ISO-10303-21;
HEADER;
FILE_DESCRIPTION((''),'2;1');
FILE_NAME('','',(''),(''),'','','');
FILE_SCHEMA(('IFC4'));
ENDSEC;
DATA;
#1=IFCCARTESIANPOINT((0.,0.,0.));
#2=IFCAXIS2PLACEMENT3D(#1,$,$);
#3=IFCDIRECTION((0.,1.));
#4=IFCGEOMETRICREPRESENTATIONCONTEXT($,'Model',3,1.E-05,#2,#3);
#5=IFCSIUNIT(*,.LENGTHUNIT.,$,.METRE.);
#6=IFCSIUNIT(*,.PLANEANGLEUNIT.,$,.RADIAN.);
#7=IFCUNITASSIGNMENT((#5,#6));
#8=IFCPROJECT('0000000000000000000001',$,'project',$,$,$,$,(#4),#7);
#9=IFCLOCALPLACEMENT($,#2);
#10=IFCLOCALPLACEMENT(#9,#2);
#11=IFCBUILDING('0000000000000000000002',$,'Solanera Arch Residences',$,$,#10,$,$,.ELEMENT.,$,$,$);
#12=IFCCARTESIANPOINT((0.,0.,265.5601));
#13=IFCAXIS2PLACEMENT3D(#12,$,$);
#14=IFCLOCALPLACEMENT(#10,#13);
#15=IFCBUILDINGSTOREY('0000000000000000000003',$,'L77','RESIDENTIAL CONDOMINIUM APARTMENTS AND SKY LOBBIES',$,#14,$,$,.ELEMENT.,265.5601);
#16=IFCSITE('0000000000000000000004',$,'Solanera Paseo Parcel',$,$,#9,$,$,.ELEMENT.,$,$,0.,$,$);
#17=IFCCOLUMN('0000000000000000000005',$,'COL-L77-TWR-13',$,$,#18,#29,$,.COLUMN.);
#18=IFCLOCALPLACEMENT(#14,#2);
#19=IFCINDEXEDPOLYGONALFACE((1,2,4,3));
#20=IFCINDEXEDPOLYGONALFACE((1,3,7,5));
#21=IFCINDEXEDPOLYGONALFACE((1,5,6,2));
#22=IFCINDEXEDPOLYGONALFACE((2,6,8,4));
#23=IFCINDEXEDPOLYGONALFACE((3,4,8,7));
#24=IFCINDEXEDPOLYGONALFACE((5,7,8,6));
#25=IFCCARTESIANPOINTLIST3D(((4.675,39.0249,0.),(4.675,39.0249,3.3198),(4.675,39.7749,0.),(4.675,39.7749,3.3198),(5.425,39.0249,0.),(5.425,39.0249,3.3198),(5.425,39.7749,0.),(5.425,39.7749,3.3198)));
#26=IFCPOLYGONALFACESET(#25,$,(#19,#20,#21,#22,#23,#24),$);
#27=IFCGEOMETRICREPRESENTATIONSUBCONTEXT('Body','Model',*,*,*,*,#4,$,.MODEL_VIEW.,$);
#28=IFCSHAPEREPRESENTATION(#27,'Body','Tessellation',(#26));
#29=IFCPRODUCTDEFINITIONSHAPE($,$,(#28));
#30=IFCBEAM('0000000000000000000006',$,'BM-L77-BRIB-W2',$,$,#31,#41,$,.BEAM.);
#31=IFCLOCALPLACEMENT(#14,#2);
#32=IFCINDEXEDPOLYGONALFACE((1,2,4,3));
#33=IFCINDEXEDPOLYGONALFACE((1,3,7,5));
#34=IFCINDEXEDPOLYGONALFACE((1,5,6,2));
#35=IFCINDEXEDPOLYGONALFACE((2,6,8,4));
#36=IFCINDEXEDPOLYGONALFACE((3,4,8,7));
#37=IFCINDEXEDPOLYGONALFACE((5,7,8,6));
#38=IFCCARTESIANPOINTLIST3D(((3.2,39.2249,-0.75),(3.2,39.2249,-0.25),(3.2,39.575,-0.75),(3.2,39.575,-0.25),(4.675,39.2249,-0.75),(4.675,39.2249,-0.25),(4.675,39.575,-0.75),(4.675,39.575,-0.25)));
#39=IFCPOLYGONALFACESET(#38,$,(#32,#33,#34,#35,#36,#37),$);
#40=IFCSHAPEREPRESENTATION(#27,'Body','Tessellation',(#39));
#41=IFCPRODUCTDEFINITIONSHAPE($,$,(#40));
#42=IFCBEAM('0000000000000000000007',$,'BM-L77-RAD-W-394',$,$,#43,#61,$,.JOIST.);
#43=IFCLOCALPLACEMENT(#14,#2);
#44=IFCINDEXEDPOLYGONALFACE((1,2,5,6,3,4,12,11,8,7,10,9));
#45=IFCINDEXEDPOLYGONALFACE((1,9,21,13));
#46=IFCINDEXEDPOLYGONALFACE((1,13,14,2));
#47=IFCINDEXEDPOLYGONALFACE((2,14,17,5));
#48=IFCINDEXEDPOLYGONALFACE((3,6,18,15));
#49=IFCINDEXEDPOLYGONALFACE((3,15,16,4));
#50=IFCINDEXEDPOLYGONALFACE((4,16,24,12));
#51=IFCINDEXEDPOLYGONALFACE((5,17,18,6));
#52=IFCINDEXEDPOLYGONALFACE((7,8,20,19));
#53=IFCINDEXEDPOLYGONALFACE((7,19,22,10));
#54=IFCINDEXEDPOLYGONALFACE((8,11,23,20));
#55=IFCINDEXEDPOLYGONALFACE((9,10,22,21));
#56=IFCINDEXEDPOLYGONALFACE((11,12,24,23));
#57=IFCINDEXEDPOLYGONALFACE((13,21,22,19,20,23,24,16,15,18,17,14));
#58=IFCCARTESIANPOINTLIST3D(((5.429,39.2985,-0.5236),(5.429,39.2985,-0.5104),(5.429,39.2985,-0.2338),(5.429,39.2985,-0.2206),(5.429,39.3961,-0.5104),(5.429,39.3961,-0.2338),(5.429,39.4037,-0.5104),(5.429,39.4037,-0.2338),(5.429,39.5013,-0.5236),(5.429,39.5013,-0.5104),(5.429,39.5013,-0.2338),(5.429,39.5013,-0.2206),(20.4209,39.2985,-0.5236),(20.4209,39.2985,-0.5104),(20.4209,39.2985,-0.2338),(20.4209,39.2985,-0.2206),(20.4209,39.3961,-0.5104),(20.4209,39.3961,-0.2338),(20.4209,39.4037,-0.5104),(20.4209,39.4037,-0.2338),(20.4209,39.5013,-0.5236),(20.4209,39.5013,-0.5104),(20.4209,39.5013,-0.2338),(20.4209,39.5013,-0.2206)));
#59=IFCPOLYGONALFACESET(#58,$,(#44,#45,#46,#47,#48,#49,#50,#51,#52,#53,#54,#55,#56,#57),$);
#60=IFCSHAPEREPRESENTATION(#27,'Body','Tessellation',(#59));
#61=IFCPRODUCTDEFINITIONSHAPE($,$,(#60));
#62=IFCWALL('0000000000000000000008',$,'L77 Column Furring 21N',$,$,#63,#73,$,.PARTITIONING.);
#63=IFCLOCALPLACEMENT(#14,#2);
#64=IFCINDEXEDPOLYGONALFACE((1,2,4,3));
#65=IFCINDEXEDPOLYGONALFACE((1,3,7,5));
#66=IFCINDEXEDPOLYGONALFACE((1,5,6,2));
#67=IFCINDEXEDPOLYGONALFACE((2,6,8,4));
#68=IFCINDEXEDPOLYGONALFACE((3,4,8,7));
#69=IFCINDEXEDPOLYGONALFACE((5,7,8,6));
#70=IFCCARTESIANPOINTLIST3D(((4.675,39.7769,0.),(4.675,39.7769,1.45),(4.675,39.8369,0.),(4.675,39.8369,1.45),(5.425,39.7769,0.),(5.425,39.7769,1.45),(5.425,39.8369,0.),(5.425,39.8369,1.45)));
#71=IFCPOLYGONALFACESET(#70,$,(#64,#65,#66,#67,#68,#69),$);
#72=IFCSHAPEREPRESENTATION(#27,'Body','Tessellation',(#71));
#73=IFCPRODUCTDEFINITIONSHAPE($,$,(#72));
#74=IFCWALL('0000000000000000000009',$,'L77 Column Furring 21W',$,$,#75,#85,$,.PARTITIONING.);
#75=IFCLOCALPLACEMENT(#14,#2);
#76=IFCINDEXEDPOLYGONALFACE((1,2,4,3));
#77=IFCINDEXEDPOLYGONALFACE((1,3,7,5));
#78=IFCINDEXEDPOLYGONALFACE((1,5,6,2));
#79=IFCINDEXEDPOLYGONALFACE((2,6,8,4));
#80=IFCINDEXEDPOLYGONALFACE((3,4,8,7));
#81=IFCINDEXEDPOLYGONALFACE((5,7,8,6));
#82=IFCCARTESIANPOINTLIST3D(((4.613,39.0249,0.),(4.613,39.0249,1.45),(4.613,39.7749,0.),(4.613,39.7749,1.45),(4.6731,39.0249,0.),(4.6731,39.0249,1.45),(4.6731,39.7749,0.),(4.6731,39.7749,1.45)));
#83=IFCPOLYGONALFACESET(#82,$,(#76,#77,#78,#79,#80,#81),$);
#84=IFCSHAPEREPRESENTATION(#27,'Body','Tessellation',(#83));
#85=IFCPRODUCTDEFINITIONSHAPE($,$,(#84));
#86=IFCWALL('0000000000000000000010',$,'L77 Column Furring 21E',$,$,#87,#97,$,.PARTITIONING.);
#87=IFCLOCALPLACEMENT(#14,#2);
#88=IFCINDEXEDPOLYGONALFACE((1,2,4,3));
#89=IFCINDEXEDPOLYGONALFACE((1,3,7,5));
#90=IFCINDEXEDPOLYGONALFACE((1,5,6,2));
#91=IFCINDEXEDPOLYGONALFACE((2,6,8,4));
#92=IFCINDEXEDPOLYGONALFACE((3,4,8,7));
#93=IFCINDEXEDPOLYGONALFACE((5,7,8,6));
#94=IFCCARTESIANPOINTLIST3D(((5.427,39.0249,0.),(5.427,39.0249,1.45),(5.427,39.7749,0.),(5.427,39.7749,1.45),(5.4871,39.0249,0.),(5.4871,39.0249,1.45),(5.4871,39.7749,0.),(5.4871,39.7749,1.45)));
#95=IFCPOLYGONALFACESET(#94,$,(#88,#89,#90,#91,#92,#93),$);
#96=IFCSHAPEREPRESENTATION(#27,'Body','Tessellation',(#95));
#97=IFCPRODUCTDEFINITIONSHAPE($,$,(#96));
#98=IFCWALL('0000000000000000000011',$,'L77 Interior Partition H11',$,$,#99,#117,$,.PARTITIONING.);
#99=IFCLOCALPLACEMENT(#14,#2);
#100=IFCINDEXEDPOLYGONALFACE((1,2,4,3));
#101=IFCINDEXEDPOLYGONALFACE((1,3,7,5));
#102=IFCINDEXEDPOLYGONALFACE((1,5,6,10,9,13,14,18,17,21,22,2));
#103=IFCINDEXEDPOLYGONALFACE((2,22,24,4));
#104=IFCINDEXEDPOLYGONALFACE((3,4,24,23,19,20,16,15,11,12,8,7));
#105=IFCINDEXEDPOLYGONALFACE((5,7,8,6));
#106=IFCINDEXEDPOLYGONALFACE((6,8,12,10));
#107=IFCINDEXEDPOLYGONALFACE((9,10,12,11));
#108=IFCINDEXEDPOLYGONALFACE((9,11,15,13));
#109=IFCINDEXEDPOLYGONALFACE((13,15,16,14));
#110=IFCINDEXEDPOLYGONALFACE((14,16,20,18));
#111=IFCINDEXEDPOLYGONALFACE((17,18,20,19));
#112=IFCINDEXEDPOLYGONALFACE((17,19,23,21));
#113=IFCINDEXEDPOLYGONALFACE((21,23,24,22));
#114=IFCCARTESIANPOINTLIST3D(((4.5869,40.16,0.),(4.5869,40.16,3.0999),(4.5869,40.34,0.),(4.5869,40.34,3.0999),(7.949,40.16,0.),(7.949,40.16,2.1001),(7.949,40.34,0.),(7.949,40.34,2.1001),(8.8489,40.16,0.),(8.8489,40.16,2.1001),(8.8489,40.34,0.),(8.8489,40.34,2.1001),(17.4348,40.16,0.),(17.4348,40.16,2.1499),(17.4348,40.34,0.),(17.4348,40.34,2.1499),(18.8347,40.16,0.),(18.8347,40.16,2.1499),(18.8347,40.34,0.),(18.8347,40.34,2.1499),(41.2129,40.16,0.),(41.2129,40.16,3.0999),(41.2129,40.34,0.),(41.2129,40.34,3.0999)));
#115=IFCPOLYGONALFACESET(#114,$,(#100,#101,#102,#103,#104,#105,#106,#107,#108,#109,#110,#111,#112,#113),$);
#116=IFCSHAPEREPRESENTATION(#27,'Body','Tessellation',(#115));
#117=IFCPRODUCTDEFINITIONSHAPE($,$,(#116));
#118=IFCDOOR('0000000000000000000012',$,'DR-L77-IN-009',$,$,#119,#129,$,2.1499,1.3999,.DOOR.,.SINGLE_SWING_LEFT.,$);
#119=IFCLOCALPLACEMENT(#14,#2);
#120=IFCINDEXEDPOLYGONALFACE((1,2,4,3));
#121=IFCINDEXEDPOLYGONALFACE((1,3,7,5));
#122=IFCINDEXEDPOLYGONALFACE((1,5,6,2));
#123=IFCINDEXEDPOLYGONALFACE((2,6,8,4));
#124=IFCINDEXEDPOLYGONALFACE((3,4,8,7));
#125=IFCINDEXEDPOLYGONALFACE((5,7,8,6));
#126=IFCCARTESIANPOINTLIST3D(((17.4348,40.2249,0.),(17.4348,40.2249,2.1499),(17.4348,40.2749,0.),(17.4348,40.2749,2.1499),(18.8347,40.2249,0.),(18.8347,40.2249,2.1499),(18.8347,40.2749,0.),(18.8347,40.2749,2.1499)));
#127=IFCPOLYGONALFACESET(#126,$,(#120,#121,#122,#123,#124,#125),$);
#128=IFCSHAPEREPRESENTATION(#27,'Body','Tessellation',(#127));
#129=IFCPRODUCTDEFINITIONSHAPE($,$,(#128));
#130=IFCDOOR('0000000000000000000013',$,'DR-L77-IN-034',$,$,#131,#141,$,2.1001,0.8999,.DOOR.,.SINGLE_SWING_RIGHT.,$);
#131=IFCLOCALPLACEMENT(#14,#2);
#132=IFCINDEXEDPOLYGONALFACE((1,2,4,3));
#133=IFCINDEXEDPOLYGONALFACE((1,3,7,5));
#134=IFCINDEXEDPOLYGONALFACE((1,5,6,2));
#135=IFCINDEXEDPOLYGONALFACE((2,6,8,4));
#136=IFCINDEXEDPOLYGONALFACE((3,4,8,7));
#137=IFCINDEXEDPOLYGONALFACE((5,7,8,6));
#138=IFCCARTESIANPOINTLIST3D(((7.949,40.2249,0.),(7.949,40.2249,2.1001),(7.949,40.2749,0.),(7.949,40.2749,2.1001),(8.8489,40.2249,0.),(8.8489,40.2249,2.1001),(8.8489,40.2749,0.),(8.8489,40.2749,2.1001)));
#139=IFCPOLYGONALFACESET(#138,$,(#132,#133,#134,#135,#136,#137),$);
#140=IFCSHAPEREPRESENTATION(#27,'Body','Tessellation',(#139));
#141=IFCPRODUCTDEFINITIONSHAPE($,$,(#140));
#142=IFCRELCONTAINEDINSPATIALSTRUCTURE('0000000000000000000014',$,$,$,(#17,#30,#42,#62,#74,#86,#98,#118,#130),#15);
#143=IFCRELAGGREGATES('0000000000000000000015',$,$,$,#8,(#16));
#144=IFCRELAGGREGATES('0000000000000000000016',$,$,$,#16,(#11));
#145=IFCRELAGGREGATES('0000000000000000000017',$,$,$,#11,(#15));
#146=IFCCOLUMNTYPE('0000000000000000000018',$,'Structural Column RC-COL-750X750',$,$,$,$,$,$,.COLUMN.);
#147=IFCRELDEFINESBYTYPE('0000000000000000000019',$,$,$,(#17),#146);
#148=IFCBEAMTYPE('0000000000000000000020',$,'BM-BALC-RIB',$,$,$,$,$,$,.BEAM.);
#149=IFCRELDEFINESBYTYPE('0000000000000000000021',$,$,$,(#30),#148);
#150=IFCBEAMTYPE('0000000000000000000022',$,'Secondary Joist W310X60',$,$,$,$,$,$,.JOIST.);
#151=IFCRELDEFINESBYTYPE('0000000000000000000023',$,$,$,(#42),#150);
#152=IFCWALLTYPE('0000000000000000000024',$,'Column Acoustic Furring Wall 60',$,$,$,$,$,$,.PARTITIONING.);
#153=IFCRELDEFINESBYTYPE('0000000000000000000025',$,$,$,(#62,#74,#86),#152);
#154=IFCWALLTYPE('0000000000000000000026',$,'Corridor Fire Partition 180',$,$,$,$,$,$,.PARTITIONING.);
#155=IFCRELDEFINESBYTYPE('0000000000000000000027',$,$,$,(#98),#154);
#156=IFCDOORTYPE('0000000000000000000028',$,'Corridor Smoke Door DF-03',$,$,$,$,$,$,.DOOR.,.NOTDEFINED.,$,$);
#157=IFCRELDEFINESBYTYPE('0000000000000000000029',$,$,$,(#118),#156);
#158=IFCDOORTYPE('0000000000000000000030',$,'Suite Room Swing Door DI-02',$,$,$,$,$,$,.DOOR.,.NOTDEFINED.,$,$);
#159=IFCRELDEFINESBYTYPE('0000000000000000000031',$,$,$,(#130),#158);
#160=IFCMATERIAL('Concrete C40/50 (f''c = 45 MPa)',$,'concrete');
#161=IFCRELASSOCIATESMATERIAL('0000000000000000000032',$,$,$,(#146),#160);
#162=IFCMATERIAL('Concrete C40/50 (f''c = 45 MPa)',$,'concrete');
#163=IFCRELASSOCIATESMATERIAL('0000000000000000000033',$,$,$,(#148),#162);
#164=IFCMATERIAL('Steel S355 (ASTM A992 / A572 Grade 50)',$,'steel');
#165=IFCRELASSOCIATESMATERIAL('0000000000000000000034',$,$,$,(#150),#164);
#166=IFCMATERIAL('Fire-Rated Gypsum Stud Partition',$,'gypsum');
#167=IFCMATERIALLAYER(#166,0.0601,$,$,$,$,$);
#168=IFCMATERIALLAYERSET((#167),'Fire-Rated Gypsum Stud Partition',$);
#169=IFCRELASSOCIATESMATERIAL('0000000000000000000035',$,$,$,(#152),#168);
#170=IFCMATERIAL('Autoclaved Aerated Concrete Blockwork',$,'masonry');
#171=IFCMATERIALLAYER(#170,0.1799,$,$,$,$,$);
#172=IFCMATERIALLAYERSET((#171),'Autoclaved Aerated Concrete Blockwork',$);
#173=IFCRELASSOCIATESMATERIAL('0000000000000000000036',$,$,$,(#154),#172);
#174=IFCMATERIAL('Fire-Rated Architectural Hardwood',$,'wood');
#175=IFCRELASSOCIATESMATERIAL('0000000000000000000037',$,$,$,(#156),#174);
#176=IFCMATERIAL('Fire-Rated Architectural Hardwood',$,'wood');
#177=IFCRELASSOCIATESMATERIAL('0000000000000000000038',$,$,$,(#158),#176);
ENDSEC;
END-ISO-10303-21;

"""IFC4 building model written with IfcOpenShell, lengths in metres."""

from ifc_helpers import new_model, si_unit, direction, frame, frame_2d, origin, origin_2d, place, context, subcontext, project, spatial, rectangle, i_section, extrude, material, layer, layer_set, material_profile, profile_set, type_object, element, fill, save


model = new_model("IFC4")

# Units and contexts
model_context = context("Model", 3, precision=1e-05, world=origin(), true_north=direction((0.0, 1.0)))
body_context = subcontext(model_context, "Body", "Model", "MODEL_VIEW")
ifc_project = project(units=[si_unit("LENGTHUNIT", "METRE"), si_unit("PLANEANGLEUNIT", "RADIAN")], contexts=[model_context])

# Site, building, storey
site_placement = place(None, origin())
site = spatial("IfcSite", under=ifc_project, at=site_placement, Name="Solanera Paseo Parcel", CompositionType="ELEMENT", RefElevation=0.0)
building_placement = place(site_placement, origin())
building = spatial("IfcBuilding", under=site, at=building_placement, Name="Solanera Arch Residences", CompositionType="ELEMENT")
storey_placement = place(building_placement, frame((0.0, 0.0, 265.5601)))
storey = spatial("IfcBuildingStorey", under=building, at=storey_placement, Name="L77", Description="RESIDENTIAL CONDOMINIUM APARTMENTS AND SKY LOBBIES", CompositionType="ELEMENT", Elevation=265.5601)

# Column
ifc_material_1 = material(Name="Concrete C40/50 (f'c = 45 MPa)", Category="concrete")
ifc_material_profile_1 = material_profile(ifc_material_1, rectangle(XDim=0.75, YDim=0.75, at=origin_2d()))
ifc_profile_set_1 = profile_set([ifc_material_profile_1], Name="Concrete C40/50 (f'c = 45 MPa)")
column_type = type_object("IfcColumnType", Name="Structural Column RC-COL-750X750", PredefinedType="COLUMN", material=ifc_profile_set_1)
column_placement = place(storey_placement, frame((5.05, 39.3999, 0.0), z_axis=(0.0, 0.0, 1.0), x_axis=(1.0, 0.0, 0.0)))
element("IfcColumn", 1, at=column_placement, inside=storey, type_object=column_type, Name="COL-L77-TWR-13", PredefinedType="COLUMN", context=body_context, shape_type="SweptSolid", body=[
    extrude(rectangle(XDim=0.75, YDim=0.75, at=origin_2d()), origin(), (0.0, 0.0, 1.0), 3.3198),
])

# Beams
ifc_material_2 = material(Name="Concrete C40/50 (f'c = 45 MPa)", Category="concrete")
ifc_material_profile_2 = material_profile(ifc_material_2, rectangle(XDim=0.3501, YDim=0.5, at=origin_2d()))
ifc_profile_set_2 = profile_set([ifc_material_profile_2], Name="Concrete C40/50 (f'c = 45 MPa)")
beam_type_1 = type_object("IfcBeamType", Name="BM-BALC-RIB", PredefinedType="BEAM", material=ifc_profile_set_2)
beam_1_placement = place(storey_placement, frame((3.2, 39.3999, -0.5), z_axis=(1.0, 0.0, 0.0), x_axis=(0.0, 1.0, 0.0)))
element("IfcBeam", 2, at=beam_1_placement, inside=storey, type_object=beam_type_1, Name="BM-L77-BRIB-W2", PredefinedType="BEAM", context=body_context, shape_type="SweptSolid", body=[
    extrude(rectangle(XDim=0.3501, YDim=0.5, at=origin_2d()), origin(), (0.0, 0.0, 1.0), 1.4751),
])
ifc_material_3 = material(Name="Steel S355 (ASTM A992 / A572 Grade 50)", Category="steel")
ifc_material_profile_3 = material_profile(ifc_material_3, i_section(OverallWidth=0.2029, OverallDepth=0.303, WebThickness=0.0076, FlangeThickness=0.0132, at=origin_2d()))
ifc_profile_set_3 = profile_set([ifc_material_profile_3], Name="Steel S355 (ASTM A992 / A572 Grade 50)")
beam_type_2 = type_object("IfcBeamType", Name="Secondary Joist W310X60", PredefinedType="JOIST", material=ifc_profile_set_3)
beam_2_placement = place(storey_placement, frame((5.429, 39.3999, -0.3721), z_axis=(1.0, 0.0, 0.0), x_axis=(0.0, 1.0, 0.0)))
element("IfcBeam", 3, at=beam_2_placement, inside=storey, type_object=beam_type_2, Name="BM-L77-RAD-W-394", PredefinedType="JOIST", context=body_context, shape_type="SweptSolid", body=[
    extrude(i_section(OverallWidth=0.2029, OverallDepth=0.303, WebThickness=0.0076, FlangeThickness=0.0132, at=origin_2d()), origin(), (0.0, 0.0, 1.0), 14.9919),
])

# Walls
ifc_material_4 = material(Name="Fire-Rated Gypsum Stud Partition", Category="gypsum")
ifc_layer_1 = layer(ifc_material_4, 0.0601)
ifc_layer_set_1 = layer_set([ifc_layer_1], Name="Fire-Rated Gypsum Stud Partition")
wall_type_1 = type_object("IfcWallType", Name="Column Acoustic Furring Wall 60", PredefinedType="PARTITIONING", material=ifc_layer_set_1)
for number, where, z_axis, x_axis, name in (
    (4, (4.675, 39.8069, 0.0), (0.0, 0.0, 1.0), (1.0, 0.0, 0.0), "L77 Column Furring 21N"),
    (5, (4.6431, 39.0249, 0.0), (0.0, 0.0, 1.0), (0.0, 1.0, 0.0), "L77 Column Furring 21W"),
    (6, (5.457, 39.0249, 0.0), (0.0, 0.0, 1.0), (0.0, 1.0, 0.0), "L77 Column Furring 21E"),
):
    element("IfcWall", number, at=place(storey_placement, frame(where, z_axis=z_axis, x_axis=x_axis)), inside=storey, type_object=wall_type_1, Name=name, PredefinedType="PARTITIONING", context=body_context, shape_type="SweptSolid", body=[
        extrude(rectangle(XDim=0.75, YDim=0.0601, at=frame_2d((0.375, 0.0))), origin(), (0.0, 0.0, 1.0), 1.45),
    ])

# Wall, openings, doors
ifc_material_5 = material(Name="Autoclaved Aerated Concrete Blockwork", Category="masonry")
ifc_layer_2 = layer(ifc_material_5, 0.1799)
ifc_layer_set_2 = layer_set([ifc_layer_2], Name="Autoclaved Aerated Concrete Blockwork")
wall_type_2 = type_object("IfcWallType", Name="Corridor Fire Partition 180", PredefinedType="PARTITIONING", material=ifc_layer_set_2)
wall_1_placement = place(storey_placement, frame((4.5869, 40.25, 0.0), z_axis=(0.0, 0.0, 1.0), x_axis=(1.0, 0.0, 0.0)))
wall_1 = element("IfcWall", 7, at=wall_1_placement, inside=storey, type_object=wall_type_2, Name="L77 Interior Partition H11", PredefinedType="PARTITIONING", context=body_context, shape_type="SweptSolid", body=[
    extrude(rectangle(XDim=36.626, YDim=0.1799, at=frame_2d((18.313, 0.0))), origin(), (0.0, 0.0, 1.0), 3.0999),
])
opening_1_placement = place(wall_1_placement, frame((12.8479, 0.0, 0.0)))
opening_1 = element("IfcOpeningElement", 8, at=opening_1_placement, cuts=wall_1, PredefinedType="OPENING", context=body_context, shape_type="SweptSolid", body=[
    extrude(rectangle(XDim=1.3999, YDim=2.1499, at=frame_2d((0.7, 1.075))), frame((0.0, 0.1001, 0.0), z_axis=(0.0, -1.0, 0.0), x_axis=(1.0, 0.0, 0.0)), (0.0, 0.0, 1.0), 0.1999),
])
opening_2_placement = place(wall_1_placement, frame((3.3621, 0.0, 0.0)))
opening_2 = element("IfcOpeningElement", 9, at=opening_2_placement, cuts=wall_1, PredefinedType="OPENING", context=body_context, shape_type="SweptSolid", body=[
    extrude(rectangle(XDim=0.8999, YDim=2.1001, at=frame_2d((0.45, 1.05))), frame((0.0, 0.1001, 0.0), z_axis=(0.0, -1.0, 0.0), x_axis=(1.0, 0.0, 0.0)), (0.0, 0.0, 1.0), 0.1999),
])
ifc_material_6 = material(Name="Fire-Rated Architectural Hardwood", Category="wood")
door_type_1 = type_object("IfcDoorType", Name="Corridor Smoke Door DF-03", OperationType="NOTDEFINED", PredefinedType="DOOR", material=ifc_material_6)
door_1_placement = place(opening_1_placement, origin())
door_1 = element("IfcDoor", 10, at=door_1_placement, inside=storey, type_object=door_type_1, Name="DR-L77-IN-009", OperationType="SINGLE_SWING_LEFT", OverallHeight=2.1499, OverallWidth=1.3999, PredefinedType="DOOR", context=body_context, shape_type="SweptSolid", body=[
    extrude(rectangle(XDim=1.3999, YDim=2.1499, at=frame_2d((0.7, 1.075))), frame((0.0, 0.0249, 0.0), z_axis=(0.0, -1.0, 0.0), x_axis=(1.0, 0.0, 0.0)), (0.0, 0.0, 1.0), 0.05),
])
fill(opening_1, door_1)
ifc_material_7 = material(Name="Fire-Rated Architectural Hardwood", Category="wood")
door_type_2 = type_object("IfcDoorType", Name="Suite Room Swing Door DI-02", OperationType="NOTDEFINED", PredefinedType="DOOR", material=ifc_material_7)
door_2_placement = place(opening_2_placement, origin())
door_2 = element("IfcDoor", 11, at=door_2_placement, inside=storey, type_object=door_type_2, Name="DR-L77-IN-034", OperationType="SINGLE_SWING_RIGHT", OverallHeight=2.1001, OverallWidth=0.8999, PredefinedType="DOOR", context=body_context, shape_type="SweptSolid", body=[
    extrude(rectangle(XDim=0.8999, YDim=2.1001, at=frame_2d((0.45, 1.05))), frame((0.0, 0.0249, 0.0), z_axis=(0.0, -1.0, 0.0), x_axis=(1.0, 0.0, 0.0)), (0.0, 0.0, 1.0), 0.05),
])
fill(opening_2, door_2)

save(model, "model.ifc")
